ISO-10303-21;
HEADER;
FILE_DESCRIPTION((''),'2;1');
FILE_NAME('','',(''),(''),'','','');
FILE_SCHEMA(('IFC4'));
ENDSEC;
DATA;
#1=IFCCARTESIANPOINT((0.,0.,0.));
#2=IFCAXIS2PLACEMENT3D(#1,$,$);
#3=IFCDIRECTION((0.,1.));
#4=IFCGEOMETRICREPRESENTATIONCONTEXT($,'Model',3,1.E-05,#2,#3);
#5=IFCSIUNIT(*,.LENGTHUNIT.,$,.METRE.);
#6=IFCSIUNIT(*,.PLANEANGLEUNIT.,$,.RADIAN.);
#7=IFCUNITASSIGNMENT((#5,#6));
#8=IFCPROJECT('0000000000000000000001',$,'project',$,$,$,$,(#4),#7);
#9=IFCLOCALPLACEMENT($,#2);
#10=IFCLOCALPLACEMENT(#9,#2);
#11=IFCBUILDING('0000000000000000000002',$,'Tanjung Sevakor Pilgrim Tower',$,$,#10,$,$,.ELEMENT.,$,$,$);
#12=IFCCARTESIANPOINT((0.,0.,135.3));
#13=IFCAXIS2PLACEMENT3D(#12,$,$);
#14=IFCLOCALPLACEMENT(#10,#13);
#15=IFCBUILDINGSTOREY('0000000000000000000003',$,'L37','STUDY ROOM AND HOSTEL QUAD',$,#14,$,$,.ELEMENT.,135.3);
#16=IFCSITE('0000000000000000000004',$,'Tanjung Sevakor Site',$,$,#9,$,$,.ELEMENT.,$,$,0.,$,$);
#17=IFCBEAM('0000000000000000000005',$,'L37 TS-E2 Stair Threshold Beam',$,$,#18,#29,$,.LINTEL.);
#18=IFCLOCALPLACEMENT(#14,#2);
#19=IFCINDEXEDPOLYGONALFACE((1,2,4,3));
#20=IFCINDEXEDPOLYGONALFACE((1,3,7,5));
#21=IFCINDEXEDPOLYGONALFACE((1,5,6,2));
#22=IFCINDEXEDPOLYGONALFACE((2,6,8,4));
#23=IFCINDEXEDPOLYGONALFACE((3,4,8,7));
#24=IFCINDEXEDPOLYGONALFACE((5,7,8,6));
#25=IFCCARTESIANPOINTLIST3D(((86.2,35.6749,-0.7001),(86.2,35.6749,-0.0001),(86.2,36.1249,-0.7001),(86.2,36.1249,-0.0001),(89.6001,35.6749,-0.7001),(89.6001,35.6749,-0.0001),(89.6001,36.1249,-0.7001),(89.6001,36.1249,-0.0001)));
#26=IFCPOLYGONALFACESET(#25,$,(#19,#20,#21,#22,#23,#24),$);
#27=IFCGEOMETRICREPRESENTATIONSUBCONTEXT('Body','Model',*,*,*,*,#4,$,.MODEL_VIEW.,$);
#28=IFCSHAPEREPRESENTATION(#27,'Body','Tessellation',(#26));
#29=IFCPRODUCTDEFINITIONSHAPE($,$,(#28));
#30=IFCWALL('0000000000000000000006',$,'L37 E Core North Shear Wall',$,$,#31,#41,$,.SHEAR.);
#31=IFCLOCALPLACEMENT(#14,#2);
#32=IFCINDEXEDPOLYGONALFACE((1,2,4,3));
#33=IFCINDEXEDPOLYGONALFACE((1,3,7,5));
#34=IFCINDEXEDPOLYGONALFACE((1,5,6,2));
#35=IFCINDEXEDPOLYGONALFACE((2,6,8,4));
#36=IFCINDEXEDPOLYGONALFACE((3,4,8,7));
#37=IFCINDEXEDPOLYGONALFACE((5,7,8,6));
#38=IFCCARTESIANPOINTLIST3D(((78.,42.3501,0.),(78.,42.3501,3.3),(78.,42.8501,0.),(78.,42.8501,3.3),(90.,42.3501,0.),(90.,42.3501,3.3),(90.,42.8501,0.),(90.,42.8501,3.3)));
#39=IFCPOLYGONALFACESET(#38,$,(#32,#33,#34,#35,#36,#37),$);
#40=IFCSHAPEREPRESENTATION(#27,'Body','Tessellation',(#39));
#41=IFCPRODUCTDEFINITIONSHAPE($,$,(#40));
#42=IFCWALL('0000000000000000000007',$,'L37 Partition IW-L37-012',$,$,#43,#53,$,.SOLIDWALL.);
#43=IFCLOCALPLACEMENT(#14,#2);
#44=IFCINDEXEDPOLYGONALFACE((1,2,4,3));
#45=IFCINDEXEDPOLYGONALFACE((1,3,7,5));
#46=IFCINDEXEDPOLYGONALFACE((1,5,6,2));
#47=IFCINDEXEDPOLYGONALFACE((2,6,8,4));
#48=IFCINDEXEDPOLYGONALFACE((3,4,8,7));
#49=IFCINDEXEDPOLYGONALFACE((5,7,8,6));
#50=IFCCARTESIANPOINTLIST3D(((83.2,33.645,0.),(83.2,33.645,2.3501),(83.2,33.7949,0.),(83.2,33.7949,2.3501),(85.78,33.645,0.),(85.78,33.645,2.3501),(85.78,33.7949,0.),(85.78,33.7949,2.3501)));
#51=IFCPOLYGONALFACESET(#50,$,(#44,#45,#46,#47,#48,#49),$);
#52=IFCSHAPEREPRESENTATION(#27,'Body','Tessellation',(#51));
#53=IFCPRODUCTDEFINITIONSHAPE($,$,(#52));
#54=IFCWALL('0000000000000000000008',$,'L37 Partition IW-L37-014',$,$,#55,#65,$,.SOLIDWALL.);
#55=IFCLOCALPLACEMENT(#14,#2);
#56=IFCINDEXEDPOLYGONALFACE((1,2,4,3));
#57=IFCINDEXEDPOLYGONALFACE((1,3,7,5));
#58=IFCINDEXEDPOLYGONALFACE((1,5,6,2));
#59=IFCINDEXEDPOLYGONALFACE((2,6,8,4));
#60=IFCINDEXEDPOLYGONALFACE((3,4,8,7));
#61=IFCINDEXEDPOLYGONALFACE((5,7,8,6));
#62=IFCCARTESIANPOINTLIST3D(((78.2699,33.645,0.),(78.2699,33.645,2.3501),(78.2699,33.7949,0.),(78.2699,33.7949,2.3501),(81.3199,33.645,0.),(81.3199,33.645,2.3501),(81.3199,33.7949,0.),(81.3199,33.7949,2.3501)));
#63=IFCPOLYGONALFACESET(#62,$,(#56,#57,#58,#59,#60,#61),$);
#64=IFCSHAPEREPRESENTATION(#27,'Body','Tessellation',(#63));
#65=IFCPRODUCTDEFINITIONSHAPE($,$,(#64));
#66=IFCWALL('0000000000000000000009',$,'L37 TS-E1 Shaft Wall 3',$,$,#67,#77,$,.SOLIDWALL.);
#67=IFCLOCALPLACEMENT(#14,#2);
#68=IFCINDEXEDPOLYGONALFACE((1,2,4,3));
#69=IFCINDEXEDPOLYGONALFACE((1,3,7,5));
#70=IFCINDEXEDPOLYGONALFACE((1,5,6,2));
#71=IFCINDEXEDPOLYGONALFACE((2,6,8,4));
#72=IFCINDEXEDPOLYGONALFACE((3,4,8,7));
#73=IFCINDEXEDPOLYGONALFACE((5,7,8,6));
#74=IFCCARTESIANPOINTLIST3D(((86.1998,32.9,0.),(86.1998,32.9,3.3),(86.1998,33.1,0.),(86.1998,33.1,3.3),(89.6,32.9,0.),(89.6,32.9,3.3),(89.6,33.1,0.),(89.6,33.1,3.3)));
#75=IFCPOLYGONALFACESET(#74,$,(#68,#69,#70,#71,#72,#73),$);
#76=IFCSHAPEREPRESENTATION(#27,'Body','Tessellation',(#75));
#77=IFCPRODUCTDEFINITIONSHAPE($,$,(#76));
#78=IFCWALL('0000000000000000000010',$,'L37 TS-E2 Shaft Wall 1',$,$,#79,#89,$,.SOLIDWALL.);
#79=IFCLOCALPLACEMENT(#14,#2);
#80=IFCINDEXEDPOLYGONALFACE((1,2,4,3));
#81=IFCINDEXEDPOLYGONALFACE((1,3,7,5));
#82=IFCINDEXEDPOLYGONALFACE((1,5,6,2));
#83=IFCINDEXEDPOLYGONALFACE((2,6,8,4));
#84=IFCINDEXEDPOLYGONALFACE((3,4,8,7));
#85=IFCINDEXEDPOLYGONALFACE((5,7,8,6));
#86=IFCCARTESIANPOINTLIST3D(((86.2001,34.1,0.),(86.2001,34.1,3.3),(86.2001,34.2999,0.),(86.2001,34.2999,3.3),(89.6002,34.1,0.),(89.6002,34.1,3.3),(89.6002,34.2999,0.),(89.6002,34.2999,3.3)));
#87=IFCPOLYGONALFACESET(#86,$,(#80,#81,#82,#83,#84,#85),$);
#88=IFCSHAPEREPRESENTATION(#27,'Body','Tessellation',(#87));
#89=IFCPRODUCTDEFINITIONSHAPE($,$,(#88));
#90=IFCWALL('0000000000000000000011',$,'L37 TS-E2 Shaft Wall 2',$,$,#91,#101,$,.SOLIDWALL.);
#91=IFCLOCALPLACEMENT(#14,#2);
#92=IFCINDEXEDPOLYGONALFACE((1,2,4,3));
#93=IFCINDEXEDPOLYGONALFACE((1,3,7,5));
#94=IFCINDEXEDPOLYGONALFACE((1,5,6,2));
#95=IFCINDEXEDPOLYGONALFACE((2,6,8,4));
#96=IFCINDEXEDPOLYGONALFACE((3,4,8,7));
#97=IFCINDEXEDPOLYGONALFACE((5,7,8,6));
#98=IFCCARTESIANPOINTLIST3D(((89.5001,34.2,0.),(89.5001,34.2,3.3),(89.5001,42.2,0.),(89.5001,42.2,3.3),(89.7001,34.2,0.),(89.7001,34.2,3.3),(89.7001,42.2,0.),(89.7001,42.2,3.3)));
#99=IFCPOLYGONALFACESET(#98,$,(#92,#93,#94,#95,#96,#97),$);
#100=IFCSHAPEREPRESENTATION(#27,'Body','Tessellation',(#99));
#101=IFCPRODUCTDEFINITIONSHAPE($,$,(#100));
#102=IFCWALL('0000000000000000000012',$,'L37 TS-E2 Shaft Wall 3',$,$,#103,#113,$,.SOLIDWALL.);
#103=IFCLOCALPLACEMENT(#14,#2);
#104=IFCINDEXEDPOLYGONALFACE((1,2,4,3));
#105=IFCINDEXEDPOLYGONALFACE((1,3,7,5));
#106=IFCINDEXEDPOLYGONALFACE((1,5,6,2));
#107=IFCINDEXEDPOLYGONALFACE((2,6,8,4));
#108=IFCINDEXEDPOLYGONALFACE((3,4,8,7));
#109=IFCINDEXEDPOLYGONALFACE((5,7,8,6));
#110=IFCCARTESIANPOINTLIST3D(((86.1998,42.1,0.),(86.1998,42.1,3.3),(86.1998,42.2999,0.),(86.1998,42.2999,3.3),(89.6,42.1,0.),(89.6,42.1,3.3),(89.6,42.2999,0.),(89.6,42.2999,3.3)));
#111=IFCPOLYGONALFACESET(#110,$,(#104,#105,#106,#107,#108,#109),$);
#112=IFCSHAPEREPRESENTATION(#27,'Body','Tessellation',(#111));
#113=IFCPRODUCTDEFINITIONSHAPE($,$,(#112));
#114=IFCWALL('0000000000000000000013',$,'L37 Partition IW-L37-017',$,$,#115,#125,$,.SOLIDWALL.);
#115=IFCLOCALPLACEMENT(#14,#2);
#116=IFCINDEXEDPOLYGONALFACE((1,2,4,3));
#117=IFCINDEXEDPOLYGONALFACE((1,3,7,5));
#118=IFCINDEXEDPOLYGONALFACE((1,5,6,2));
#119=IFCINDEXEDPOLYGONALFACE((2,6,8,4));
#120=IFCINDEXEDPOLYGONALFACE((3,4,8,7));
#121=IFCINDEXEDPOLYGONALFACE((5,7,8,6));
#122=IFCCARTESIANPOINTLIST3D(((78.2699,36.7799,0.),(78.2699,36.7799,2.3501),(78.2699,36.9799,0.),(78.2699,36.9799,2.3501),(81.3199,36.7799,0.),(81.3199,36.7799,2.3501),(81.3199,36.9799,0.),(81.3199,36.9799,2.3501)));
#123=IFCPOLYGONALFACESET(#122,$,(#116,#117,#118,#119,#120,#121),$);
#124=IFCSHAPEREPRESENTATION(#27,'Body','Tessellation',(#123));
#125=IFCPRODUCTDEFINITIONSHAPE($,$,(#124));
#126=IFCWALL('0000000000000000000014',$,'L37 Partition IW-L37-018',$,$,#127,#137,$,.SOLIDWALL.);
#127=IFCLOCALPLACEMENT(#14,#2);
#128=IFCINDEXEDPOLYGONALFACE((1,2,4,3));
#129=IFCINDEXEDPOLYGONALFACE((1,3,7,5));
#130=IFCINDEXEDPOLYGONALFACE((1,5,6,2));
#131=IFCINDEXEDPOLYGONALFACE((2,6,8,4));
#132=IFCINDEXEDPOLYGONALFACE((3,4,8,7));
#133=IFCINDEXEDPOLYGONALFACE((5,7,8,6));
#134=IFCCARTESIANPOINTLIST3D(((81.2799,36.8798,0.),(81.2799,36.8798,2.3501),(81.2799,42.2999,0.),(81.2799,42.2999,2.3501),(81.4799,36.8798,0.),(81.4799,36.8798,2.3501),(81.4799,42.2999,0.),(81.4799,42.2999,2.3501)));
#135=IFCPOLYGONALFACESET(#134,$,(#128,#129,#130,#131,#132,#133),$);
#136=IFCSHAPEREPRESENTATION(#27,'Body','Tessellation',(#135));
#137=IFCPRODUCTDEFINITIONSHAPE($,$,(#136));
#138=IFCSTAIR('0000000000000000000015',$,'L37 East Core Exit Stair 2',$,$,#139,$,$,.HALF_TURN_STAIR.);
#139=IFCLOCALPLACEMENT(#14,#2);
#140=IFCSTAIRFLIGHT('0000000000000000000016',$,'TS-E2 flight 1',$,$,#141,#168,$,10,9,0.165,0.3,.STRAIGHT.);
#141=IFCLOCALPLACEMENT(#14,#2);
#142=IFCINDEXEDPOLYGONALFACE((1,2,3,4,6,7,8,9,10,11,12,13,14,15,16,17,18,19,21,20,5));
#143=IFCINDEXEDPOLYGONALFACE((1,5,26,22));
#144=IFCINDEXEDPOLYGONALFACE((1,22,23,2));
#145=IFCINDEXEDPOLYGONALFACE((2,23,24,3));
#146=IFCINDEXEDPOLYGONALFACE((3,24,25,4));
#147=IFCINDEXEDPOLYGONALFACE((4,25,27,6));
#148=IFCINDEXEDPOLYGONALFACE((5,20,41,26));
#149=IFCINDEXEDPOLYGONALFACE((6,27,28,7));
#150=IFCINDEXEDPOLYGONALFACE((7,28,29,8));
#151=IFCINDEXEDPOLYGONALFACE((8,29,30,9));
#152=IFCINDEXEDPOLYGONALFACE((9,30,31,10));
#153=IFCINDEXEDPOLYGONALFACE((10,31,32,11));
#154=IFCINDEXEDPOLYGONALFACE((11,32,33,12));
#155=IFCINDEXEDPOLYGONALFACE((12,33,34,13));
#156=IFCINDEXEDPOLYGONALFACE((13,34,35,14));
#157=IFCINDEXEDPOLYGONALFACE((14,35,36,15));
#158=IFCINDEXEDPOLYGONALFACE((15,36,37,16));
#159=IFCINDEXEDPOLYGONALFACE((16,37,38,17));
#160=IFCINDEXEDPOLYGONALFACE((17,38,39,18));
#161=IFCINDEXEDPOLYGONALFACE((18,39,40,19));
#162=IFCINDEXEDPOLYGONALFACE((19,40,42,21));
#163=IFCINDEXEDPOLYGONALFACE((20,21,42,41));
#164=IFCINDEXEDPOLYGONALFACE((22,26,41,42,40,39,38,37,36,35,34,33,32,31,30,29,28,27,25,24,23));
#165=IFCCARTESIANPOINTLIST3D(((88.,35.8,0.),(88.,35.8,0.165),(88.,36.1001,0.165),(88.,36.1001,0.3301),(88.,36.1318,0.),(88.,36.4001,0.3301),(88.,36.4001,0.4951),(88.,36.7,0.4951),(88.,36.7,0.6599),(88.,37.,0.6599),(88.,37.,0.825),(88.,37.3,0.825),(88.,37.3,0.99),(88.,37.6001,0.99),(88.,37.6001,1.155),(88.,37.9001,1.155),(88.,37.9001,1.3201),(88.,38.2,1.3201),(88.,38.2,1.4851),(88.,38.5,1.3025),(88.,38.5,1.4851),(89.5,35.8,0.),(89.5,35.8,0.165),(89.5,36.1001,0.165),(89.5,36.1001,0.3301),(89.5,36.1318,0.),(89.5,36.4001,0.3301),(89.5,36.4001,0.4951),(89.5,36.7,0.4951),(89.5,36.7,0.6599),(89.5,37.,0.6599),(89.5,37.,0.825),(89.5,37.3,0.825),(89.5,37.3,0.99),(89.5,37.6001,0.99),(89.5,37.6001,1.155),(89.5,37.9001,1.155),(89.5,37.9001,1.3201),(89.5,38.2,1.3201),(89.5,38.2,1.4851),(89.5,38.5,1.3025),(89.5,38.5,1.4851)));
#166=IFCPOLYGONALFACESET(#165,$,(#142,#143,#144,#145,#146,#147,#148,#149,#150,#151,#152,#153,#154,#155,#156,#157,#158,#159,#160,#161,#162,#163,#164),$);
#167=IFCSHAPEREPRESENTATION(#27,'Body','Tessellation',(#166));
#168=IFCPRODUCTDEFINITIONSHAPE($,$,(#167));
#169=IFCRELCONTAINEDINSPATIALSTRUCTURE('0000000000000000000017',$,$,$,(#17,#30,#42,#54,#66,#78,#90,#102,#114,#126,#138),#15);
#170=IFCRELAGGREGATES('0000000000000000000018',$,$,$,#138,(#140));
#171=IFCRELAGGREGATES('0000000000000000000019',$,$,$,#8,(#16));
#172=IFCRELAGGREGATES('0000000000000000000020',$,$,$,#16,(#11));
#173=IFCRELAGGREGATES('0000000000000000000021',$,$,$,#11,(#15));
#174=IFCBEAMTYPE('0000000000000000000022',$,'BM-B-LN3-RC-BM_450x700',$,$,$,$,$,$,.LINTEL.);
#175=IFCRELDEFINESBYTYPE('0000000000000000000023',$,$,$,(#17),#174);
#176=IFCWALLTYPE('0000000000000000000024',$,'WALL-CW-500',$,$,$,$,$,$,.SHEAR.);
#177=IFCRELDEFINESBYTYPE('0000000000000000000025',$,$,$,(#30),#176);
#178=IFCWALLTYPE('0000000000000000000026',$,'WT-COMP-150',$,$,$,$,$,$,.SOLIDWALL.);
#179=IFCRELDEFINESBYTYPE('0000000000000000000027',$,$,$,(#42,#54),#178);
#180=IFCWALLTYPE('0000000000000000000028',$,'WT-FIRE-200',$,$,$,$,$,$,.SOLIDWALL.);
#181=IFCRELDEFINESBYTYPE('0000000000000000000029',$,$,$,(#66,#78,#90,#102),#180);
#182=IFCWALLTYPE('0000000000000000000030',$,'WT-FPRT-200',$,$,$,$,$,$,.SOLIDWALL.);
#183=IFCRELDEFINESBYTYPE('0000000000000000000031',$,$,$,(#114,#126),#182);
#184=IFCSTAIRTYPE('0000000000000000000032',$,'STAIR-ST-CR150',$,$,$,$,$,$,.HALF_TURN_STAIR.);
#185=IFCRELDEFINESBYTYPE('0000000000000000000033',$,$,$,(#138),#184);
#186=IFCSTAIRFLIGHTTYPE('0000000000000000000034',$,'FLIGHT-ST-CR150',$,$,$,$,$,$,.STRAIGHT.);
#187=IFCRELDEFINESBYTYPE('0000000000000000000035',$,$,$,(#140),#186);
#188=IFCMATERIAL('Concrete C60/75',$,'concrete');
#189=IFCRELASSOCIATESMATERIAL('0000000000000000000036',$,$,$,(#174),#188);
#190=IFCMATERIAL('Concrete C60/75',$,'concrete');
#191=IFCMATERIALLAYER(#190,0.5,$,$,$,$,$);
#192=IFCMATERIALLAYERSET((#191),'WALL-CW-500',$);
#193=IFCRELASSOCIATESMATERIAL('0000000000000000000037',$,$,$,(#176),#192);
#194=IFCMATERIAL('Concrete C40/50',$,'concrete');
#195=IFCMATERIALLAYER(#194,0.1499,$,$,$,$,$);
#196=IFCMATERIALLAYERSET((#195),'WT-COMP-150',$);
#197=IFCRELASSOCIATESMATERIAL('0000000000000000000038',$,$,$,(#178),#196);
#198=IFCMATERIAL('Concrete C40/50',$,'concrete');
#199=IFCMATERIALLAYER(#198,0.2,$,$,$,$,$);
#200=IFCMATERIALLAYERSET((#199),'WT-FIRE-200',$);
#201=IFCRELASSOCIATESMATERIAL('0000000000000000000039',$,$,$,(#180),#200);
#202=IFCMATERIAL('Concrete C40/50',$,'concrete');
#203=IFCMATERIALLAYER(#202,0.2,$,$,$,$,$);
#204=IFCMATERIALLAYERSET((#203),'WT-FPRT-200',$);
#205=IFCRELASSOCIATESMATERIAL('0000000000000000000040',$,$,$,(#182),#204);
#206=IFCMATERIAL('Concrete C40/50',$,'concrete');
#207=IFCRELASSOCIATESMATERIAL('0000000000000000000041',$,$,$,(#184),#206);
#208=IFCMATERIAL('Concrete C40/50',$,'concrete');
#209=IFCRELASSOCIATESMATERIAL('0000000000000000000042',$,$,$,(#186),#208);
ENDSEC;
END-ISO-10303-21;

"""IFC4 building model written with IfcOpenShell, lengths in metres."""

from ifc_helpers import new_model, si_unit, direction, frame, frame_2d, origin, origin_2d, place, context, subcontext, project, spatial, polyline, rectangle, outline, extrude, material, layer, layer_set, material_profile, profile_set, type_object, element, aggregate, save


model = new_model("IFC4")

# Units and contexts
model_context = context("Model", 3, precision=1e-05, world=origin(), true_north=direction((0.0, 1.0)))
body_context = subcontext(model_context, "Body", "Model", "MODEL_VIEW")
ifc_project = project(units=[si_unit("LENGTHUNIT", "METRE"), si_unit("PLANEANGLEUNIT", "RADIAN")], contexts=[model_context])

# Site, building, storey
site_placement = place(None, origin())
site = spatial("IfcSite", under=ifc_project, at=site_placement, Name="Tanjung Sevakor Site", CompositionType="ELEMENT", RefElevation=0.0)
building_placement = place(site_placement, origin())
building = spatial("IfcBuilding", under=site, at=building_placement, Name="Tanjung Sevakor Pilgrim Tower", CompositionType="ELEMENT")
storey_placement = place(building_placement, frame((0.0, 0.0, 135.3)))
storey = spatial("IfcBuildingStorey", under=building, at=storey_placement, Name="L37", Description="STUDY ROOM AND HOSTEL QUAD", CompositionType="ELEMENT", Elevation=135.3)

# Beam
ifc_material_1 = material(Name="Concrete C60/75", Category="concrete")
ifc_material_profile = material_profile(ifc_material_1, rectangle(XDim=0.45, YDim=0.7, at=origin_2d()))
ifc_profile_set = profile_set([ifc_material_profile], Name="Concrete C60/75")
beam_type = type_object("IfcBeamType", Name="BM-B-LN3-RC-BM_450x700", PredefinedType="LINTEL", material=ifc_profile_set)
beam_placement = place(storey_placement, frame((86.2, 35.8999, -0.3501), z_axis=(1.0, 0.0, 0.0), x_axis=(0.0, 1.0, 0.0)))
element("IfcBeam", 1, at=beam_placement, inside=storey, type_object=beam_type, Name="L37 TS-E2 Stair Threshold Beam", PredefinedType="LINTEL", context=body_context, shape_type="SweptSolid", body=[
    extrude(rectangle(XDim=0.45, YDim=0.7, at=origin_2d()), origin(), (0.0, 0.0, 1.0), 3.4001),
])

# Walls
ifc_material_2 = material(Name="Concrete C60/75", Category="concrete")
ifc_layer_1 = layer(ifc_material_2, 0.5)
ifc_layer_set_1 = layer_set([ifc_layer_1], Name="WALL-CW-500")
wall_type_1 = type_object("IfcWallType", Name="WALL-CW-500", PredefinedType="SHEAR", material=ifc_layer_set_1)
wall_1_placement = place(storey_placement, frame((90.0, 42.6001, 0.0), z_axis=(0.0, 0.0, 1.0), x_axis=(-1.0, 0.0, 0.0)))
element("IfcWall", 2, at=wall_1_placement, inside=storey, type_object=wall_type_1, Name="L37 E Core North Shear Wall", PredefinedType="SHEAR", context=body_context, shape_type="SweptSolid", body=[
    extrude(rectangle(XDim=12.0, YDim=0.5, at=frame_2d((6.0, 0.0))), origin(), (0.0, 0.0, 1.0), 3.3),
])
ifc_material_3 = material(Name="Concrete C40/50", Category="concrete")
ifc_layer_2 = layer(ifc_material_3, 0.1499)
ifc_layer_set_2 = layer_set([ifc_layer_2], Name="WT-COMP-150")
wall_type_2 = type_object("IfcWallType", Name="WT-COMP-150", PredefinedType="SOLIDWALL", material=ifc_layer_set_2)
wall_2_placement = place(storey_placement, frame((83.2, 33.72, 0.0), z_axis=(0.0, 0.0, 1.0), x_axis=(1.0, 0.0, 0.0)))
element("IfcWall", 3, at=wall_2_placement, inside=storey, type_object=wall_type_2, Name="L37 Partition IW-L37-012", PredefinedType="SOLIDWALL", context=body_context, shape_type="SweptSolid", body=[
    extrude(rectangle(XDim=2.5801, YDim=0.1499, at=frame_2d((1.29, 0.0))), origin(), (0.0, 0.0, 1.0), 2.3501),
])
wall_3_placement = place(storey_placement, frame((78.27, 33.72, 0.0), z_axis=(0.0, 0.0, 1.0), x_axis=(1.0, 0.0, 0.0)))
element("IfcWall", 4, at=wall_3_placement, inside=storey, type_object=wall_type_2, Name="L37 Partition IW-L37-014", PredefinedType="SOLIDWALL", context=body_context, shape_type="SweptSolid", body=[
    extrude(rectangle(XDim=3.05, YDim=0.1499, at=frame_2d((1.5249, 0.0))), origin(), (0.0, 0.0, 1.0), 2.3501),
])

# Walls
ifc_material_4 = material(Name="Concrete C40/50", Category="concrete")
ifc_layer_3 = layer(ifc_material_4, 0.2)
ifc_layer_set_3 = layer_set([ifc_layer_3], Name="WT-FIRE-200")
wall_type_3 = type_object("IfcWallType", Name="WT-FIRE-200", PredefinedType="SOLIDWALL", material=ifc_layer_set_3)
for number, where, z_axis, x_axis, name in (
    (5, (89.6001, 33.0, 0.0), (0.0, 0.0, 1.0), (-1.0, 0.0, 0.0), "L37 TS-E1 Shaft Wall 3"),
    (6, (86.2, 34.2, 0.0), (0.0, 0.0, 1.0), (1.0, 0.0, 0.0), "L37 TS-E2 Shaft Wall 1"),
):
    element("IfcWall", number, at=place(storey_placement, frame(where, z_axis=z_axis, x_axis=x_axis)), inside=storey, type_object=wall_type_3, Name=name, PredefinedType="SOLIDWALL", context=body_context, shape_type="SweptSolid", body=[
        extrude(rectangle(XDim=3.4001, YDim=0.2, at=frame_2d((1.7002, 0.0))), origin(), (0.0, 0.0, 1.0), 3.3),
    ])
wall_4_placement = place(storey_placement, frame((89.6001, 34.2, 0.0), z_axis=(0.0, 0.0, 1.0), x_axis=(0.0, 1.0, 0.0)))
element("IfcWall", 7, at=wall_4_placement, inside=storey, type_object=wall_type_3, Name="L37 TS-E2 Shaft Wall 2", PredefinedType="SOLIDWALL", context=body_context, shape_type="SweptSolid", body=[
    extrude(rectangle(XDim=8.0, YDim=0.2, at=frame_2d((4.0, 0.0))), origin(), (0.0, 0.0, 1.0), 3.3),
])
wall_5_placement = place(storey_placement, frame((89.6001, 42.2, 0.0), z_axis=(0.0, 0.0, 1.0), x_axis=(-1.0, 0.0, 0.0)))
element("IfcWall", 8, at=wall_5_placement, inside=storey, type_object=wall_type_3, Name="L37 TS-E2 Shaft Wall 3", PredefinedType="SOLIDWALL", context=body_context, shape_type="SweptSolid", body=[
    extrude(rectangle(XDim=3.4001, YDim=0.2, at=frame_2d((1.7002, 0.0))), origin(), (0.0, 0.0, 1.0), 3.3),
])
ifc_material_5 = material(Name="Concrete C40/50", Category="concrete")
ifc_layer_4 = layer(ifc_material_5, 0.2)
ifc_layer_set_4 = layer_set([ifc_layer_4], Name="WT-FPRT-200")
wall_type_4 = type_object("IfcWallType", Name="WT-FPRT-200", PredefinedType="SOLIDWALL", material=ifc_layer_set_4)
wall_6_placement = place(storey_placement, frame((78.27, 36.8799, 0.0), z_axis=(0.0, 0.0, 1.0), x_axis=(1.0, 0.0, 0.0)))
element("IfcWall", 9, at=wall_6_placement, inside=storey, type_object=wall_type_4, Name="L37 Partition IW-L37-017", PredefinedType="SOLIDWALL", context=body_context, shape_type="SweptSolid", body=[
    extrude(rectangle(XDim=3.05, YDim=0.2, at=frame_2d((1.5249, 0.0))), origin(), (0.0, 0.0, 1.0), 2.3501),
])
wall_7_placement = place(storey_placement, frame((81.3799, 36.8799, 0.0), z_axis=(0.0, 0.0, 1.0), x_axis=(0.0, 1.0, 0.0)))
element("IfcWall", 10, at=wall_7_placement, inside=storey, type_object=wall_type_4, Name="L37 Partition IW-L37-018", PredefinedType="SOLIDWALL", context=body_context, shape_type="SweptSolid", body=[
    extrude(rectangle(XDim=5.4202, YDim=0.2, at=frame_2d((2.71, 0.0))), origin(), (0.0, 0.0, 1.0), 2.3501),
])

# Stair, stair flight
ifc_material_6 = material(Name="Concrete C40/50", Category="concrete")
stair_type = type_object("IfcStairType", Name="STAIR-ST-CR150", PredefinedType="HALF_TURN_STAIR", material=ifc_material_6)
stair_placement = place(storey_placement, origin())
stair = element("IfcStair", 11, at=stair_placement, inside=storey, type_object=stair_type, Name="L37 East Core Exit Stair 2", PredefinedType="HALF_TURN_STAIR")
ifc_material_7 = material(Name="Concrete C40/50", Category="concrete")
stair_flight_type = type_object("IfcStairFlightType", Name="FLIGHT-ST-CR150", PredefinedType="STRAIGHT", material=ifc_material_7)
stair_flight_1_placement = place(storey_placement, frame((88.75, 35.8, 0.0), z_axis=(0.0, 0.0, 1.0), x_axis=(0.0, 1.0, 0.0)))
stair_flight_1 = element("IfcStairFlight", 12, at=stair_flight_1_placement, type_object=stair_flight_type, Name="TS-E2 flight 1", NumberOfRisers=10, NumberOfTreads=9, PredefinedType="STRAIGHT", RiserHeight=0.165, TreadLength=0.3, context=body_context, shape_type="SweptSolid", body=[
    extrude(outline(polyline([(0.0, 0.0), (0.0, 0.165), (0.3, 0.165), (0.3, 0.3301), (0.6001, 0.3301), (0.6001, 0.4951), (0.8999, 0.4951), (0.8999, 0.6599), (1.2, 0.6599), (1.2, 0.825), (1.5, 0.825), (1.5, 0.99), (1.8, 0.99), (1.8, 1.155), (2.1001, 1.155), (2.1001, 1.3201), (2.3999, 1.3201), (2.3999, 1.4851), (2.7, 1.4851), (2.7, 1.6499), (2.7, 1.3025), (0.3318, 0.0), (0.0, 0.0)])), frame((0.0, 0.75, 0.0), z_axis=(0.0, -1.0, 0.0), x_axis=(1.0, 0.0, 0.0)), (0.0, 0.0, 1.0), 1.5),
])
aggregate(stair, [stair_flight_1])

save(model, "model.ifc")
